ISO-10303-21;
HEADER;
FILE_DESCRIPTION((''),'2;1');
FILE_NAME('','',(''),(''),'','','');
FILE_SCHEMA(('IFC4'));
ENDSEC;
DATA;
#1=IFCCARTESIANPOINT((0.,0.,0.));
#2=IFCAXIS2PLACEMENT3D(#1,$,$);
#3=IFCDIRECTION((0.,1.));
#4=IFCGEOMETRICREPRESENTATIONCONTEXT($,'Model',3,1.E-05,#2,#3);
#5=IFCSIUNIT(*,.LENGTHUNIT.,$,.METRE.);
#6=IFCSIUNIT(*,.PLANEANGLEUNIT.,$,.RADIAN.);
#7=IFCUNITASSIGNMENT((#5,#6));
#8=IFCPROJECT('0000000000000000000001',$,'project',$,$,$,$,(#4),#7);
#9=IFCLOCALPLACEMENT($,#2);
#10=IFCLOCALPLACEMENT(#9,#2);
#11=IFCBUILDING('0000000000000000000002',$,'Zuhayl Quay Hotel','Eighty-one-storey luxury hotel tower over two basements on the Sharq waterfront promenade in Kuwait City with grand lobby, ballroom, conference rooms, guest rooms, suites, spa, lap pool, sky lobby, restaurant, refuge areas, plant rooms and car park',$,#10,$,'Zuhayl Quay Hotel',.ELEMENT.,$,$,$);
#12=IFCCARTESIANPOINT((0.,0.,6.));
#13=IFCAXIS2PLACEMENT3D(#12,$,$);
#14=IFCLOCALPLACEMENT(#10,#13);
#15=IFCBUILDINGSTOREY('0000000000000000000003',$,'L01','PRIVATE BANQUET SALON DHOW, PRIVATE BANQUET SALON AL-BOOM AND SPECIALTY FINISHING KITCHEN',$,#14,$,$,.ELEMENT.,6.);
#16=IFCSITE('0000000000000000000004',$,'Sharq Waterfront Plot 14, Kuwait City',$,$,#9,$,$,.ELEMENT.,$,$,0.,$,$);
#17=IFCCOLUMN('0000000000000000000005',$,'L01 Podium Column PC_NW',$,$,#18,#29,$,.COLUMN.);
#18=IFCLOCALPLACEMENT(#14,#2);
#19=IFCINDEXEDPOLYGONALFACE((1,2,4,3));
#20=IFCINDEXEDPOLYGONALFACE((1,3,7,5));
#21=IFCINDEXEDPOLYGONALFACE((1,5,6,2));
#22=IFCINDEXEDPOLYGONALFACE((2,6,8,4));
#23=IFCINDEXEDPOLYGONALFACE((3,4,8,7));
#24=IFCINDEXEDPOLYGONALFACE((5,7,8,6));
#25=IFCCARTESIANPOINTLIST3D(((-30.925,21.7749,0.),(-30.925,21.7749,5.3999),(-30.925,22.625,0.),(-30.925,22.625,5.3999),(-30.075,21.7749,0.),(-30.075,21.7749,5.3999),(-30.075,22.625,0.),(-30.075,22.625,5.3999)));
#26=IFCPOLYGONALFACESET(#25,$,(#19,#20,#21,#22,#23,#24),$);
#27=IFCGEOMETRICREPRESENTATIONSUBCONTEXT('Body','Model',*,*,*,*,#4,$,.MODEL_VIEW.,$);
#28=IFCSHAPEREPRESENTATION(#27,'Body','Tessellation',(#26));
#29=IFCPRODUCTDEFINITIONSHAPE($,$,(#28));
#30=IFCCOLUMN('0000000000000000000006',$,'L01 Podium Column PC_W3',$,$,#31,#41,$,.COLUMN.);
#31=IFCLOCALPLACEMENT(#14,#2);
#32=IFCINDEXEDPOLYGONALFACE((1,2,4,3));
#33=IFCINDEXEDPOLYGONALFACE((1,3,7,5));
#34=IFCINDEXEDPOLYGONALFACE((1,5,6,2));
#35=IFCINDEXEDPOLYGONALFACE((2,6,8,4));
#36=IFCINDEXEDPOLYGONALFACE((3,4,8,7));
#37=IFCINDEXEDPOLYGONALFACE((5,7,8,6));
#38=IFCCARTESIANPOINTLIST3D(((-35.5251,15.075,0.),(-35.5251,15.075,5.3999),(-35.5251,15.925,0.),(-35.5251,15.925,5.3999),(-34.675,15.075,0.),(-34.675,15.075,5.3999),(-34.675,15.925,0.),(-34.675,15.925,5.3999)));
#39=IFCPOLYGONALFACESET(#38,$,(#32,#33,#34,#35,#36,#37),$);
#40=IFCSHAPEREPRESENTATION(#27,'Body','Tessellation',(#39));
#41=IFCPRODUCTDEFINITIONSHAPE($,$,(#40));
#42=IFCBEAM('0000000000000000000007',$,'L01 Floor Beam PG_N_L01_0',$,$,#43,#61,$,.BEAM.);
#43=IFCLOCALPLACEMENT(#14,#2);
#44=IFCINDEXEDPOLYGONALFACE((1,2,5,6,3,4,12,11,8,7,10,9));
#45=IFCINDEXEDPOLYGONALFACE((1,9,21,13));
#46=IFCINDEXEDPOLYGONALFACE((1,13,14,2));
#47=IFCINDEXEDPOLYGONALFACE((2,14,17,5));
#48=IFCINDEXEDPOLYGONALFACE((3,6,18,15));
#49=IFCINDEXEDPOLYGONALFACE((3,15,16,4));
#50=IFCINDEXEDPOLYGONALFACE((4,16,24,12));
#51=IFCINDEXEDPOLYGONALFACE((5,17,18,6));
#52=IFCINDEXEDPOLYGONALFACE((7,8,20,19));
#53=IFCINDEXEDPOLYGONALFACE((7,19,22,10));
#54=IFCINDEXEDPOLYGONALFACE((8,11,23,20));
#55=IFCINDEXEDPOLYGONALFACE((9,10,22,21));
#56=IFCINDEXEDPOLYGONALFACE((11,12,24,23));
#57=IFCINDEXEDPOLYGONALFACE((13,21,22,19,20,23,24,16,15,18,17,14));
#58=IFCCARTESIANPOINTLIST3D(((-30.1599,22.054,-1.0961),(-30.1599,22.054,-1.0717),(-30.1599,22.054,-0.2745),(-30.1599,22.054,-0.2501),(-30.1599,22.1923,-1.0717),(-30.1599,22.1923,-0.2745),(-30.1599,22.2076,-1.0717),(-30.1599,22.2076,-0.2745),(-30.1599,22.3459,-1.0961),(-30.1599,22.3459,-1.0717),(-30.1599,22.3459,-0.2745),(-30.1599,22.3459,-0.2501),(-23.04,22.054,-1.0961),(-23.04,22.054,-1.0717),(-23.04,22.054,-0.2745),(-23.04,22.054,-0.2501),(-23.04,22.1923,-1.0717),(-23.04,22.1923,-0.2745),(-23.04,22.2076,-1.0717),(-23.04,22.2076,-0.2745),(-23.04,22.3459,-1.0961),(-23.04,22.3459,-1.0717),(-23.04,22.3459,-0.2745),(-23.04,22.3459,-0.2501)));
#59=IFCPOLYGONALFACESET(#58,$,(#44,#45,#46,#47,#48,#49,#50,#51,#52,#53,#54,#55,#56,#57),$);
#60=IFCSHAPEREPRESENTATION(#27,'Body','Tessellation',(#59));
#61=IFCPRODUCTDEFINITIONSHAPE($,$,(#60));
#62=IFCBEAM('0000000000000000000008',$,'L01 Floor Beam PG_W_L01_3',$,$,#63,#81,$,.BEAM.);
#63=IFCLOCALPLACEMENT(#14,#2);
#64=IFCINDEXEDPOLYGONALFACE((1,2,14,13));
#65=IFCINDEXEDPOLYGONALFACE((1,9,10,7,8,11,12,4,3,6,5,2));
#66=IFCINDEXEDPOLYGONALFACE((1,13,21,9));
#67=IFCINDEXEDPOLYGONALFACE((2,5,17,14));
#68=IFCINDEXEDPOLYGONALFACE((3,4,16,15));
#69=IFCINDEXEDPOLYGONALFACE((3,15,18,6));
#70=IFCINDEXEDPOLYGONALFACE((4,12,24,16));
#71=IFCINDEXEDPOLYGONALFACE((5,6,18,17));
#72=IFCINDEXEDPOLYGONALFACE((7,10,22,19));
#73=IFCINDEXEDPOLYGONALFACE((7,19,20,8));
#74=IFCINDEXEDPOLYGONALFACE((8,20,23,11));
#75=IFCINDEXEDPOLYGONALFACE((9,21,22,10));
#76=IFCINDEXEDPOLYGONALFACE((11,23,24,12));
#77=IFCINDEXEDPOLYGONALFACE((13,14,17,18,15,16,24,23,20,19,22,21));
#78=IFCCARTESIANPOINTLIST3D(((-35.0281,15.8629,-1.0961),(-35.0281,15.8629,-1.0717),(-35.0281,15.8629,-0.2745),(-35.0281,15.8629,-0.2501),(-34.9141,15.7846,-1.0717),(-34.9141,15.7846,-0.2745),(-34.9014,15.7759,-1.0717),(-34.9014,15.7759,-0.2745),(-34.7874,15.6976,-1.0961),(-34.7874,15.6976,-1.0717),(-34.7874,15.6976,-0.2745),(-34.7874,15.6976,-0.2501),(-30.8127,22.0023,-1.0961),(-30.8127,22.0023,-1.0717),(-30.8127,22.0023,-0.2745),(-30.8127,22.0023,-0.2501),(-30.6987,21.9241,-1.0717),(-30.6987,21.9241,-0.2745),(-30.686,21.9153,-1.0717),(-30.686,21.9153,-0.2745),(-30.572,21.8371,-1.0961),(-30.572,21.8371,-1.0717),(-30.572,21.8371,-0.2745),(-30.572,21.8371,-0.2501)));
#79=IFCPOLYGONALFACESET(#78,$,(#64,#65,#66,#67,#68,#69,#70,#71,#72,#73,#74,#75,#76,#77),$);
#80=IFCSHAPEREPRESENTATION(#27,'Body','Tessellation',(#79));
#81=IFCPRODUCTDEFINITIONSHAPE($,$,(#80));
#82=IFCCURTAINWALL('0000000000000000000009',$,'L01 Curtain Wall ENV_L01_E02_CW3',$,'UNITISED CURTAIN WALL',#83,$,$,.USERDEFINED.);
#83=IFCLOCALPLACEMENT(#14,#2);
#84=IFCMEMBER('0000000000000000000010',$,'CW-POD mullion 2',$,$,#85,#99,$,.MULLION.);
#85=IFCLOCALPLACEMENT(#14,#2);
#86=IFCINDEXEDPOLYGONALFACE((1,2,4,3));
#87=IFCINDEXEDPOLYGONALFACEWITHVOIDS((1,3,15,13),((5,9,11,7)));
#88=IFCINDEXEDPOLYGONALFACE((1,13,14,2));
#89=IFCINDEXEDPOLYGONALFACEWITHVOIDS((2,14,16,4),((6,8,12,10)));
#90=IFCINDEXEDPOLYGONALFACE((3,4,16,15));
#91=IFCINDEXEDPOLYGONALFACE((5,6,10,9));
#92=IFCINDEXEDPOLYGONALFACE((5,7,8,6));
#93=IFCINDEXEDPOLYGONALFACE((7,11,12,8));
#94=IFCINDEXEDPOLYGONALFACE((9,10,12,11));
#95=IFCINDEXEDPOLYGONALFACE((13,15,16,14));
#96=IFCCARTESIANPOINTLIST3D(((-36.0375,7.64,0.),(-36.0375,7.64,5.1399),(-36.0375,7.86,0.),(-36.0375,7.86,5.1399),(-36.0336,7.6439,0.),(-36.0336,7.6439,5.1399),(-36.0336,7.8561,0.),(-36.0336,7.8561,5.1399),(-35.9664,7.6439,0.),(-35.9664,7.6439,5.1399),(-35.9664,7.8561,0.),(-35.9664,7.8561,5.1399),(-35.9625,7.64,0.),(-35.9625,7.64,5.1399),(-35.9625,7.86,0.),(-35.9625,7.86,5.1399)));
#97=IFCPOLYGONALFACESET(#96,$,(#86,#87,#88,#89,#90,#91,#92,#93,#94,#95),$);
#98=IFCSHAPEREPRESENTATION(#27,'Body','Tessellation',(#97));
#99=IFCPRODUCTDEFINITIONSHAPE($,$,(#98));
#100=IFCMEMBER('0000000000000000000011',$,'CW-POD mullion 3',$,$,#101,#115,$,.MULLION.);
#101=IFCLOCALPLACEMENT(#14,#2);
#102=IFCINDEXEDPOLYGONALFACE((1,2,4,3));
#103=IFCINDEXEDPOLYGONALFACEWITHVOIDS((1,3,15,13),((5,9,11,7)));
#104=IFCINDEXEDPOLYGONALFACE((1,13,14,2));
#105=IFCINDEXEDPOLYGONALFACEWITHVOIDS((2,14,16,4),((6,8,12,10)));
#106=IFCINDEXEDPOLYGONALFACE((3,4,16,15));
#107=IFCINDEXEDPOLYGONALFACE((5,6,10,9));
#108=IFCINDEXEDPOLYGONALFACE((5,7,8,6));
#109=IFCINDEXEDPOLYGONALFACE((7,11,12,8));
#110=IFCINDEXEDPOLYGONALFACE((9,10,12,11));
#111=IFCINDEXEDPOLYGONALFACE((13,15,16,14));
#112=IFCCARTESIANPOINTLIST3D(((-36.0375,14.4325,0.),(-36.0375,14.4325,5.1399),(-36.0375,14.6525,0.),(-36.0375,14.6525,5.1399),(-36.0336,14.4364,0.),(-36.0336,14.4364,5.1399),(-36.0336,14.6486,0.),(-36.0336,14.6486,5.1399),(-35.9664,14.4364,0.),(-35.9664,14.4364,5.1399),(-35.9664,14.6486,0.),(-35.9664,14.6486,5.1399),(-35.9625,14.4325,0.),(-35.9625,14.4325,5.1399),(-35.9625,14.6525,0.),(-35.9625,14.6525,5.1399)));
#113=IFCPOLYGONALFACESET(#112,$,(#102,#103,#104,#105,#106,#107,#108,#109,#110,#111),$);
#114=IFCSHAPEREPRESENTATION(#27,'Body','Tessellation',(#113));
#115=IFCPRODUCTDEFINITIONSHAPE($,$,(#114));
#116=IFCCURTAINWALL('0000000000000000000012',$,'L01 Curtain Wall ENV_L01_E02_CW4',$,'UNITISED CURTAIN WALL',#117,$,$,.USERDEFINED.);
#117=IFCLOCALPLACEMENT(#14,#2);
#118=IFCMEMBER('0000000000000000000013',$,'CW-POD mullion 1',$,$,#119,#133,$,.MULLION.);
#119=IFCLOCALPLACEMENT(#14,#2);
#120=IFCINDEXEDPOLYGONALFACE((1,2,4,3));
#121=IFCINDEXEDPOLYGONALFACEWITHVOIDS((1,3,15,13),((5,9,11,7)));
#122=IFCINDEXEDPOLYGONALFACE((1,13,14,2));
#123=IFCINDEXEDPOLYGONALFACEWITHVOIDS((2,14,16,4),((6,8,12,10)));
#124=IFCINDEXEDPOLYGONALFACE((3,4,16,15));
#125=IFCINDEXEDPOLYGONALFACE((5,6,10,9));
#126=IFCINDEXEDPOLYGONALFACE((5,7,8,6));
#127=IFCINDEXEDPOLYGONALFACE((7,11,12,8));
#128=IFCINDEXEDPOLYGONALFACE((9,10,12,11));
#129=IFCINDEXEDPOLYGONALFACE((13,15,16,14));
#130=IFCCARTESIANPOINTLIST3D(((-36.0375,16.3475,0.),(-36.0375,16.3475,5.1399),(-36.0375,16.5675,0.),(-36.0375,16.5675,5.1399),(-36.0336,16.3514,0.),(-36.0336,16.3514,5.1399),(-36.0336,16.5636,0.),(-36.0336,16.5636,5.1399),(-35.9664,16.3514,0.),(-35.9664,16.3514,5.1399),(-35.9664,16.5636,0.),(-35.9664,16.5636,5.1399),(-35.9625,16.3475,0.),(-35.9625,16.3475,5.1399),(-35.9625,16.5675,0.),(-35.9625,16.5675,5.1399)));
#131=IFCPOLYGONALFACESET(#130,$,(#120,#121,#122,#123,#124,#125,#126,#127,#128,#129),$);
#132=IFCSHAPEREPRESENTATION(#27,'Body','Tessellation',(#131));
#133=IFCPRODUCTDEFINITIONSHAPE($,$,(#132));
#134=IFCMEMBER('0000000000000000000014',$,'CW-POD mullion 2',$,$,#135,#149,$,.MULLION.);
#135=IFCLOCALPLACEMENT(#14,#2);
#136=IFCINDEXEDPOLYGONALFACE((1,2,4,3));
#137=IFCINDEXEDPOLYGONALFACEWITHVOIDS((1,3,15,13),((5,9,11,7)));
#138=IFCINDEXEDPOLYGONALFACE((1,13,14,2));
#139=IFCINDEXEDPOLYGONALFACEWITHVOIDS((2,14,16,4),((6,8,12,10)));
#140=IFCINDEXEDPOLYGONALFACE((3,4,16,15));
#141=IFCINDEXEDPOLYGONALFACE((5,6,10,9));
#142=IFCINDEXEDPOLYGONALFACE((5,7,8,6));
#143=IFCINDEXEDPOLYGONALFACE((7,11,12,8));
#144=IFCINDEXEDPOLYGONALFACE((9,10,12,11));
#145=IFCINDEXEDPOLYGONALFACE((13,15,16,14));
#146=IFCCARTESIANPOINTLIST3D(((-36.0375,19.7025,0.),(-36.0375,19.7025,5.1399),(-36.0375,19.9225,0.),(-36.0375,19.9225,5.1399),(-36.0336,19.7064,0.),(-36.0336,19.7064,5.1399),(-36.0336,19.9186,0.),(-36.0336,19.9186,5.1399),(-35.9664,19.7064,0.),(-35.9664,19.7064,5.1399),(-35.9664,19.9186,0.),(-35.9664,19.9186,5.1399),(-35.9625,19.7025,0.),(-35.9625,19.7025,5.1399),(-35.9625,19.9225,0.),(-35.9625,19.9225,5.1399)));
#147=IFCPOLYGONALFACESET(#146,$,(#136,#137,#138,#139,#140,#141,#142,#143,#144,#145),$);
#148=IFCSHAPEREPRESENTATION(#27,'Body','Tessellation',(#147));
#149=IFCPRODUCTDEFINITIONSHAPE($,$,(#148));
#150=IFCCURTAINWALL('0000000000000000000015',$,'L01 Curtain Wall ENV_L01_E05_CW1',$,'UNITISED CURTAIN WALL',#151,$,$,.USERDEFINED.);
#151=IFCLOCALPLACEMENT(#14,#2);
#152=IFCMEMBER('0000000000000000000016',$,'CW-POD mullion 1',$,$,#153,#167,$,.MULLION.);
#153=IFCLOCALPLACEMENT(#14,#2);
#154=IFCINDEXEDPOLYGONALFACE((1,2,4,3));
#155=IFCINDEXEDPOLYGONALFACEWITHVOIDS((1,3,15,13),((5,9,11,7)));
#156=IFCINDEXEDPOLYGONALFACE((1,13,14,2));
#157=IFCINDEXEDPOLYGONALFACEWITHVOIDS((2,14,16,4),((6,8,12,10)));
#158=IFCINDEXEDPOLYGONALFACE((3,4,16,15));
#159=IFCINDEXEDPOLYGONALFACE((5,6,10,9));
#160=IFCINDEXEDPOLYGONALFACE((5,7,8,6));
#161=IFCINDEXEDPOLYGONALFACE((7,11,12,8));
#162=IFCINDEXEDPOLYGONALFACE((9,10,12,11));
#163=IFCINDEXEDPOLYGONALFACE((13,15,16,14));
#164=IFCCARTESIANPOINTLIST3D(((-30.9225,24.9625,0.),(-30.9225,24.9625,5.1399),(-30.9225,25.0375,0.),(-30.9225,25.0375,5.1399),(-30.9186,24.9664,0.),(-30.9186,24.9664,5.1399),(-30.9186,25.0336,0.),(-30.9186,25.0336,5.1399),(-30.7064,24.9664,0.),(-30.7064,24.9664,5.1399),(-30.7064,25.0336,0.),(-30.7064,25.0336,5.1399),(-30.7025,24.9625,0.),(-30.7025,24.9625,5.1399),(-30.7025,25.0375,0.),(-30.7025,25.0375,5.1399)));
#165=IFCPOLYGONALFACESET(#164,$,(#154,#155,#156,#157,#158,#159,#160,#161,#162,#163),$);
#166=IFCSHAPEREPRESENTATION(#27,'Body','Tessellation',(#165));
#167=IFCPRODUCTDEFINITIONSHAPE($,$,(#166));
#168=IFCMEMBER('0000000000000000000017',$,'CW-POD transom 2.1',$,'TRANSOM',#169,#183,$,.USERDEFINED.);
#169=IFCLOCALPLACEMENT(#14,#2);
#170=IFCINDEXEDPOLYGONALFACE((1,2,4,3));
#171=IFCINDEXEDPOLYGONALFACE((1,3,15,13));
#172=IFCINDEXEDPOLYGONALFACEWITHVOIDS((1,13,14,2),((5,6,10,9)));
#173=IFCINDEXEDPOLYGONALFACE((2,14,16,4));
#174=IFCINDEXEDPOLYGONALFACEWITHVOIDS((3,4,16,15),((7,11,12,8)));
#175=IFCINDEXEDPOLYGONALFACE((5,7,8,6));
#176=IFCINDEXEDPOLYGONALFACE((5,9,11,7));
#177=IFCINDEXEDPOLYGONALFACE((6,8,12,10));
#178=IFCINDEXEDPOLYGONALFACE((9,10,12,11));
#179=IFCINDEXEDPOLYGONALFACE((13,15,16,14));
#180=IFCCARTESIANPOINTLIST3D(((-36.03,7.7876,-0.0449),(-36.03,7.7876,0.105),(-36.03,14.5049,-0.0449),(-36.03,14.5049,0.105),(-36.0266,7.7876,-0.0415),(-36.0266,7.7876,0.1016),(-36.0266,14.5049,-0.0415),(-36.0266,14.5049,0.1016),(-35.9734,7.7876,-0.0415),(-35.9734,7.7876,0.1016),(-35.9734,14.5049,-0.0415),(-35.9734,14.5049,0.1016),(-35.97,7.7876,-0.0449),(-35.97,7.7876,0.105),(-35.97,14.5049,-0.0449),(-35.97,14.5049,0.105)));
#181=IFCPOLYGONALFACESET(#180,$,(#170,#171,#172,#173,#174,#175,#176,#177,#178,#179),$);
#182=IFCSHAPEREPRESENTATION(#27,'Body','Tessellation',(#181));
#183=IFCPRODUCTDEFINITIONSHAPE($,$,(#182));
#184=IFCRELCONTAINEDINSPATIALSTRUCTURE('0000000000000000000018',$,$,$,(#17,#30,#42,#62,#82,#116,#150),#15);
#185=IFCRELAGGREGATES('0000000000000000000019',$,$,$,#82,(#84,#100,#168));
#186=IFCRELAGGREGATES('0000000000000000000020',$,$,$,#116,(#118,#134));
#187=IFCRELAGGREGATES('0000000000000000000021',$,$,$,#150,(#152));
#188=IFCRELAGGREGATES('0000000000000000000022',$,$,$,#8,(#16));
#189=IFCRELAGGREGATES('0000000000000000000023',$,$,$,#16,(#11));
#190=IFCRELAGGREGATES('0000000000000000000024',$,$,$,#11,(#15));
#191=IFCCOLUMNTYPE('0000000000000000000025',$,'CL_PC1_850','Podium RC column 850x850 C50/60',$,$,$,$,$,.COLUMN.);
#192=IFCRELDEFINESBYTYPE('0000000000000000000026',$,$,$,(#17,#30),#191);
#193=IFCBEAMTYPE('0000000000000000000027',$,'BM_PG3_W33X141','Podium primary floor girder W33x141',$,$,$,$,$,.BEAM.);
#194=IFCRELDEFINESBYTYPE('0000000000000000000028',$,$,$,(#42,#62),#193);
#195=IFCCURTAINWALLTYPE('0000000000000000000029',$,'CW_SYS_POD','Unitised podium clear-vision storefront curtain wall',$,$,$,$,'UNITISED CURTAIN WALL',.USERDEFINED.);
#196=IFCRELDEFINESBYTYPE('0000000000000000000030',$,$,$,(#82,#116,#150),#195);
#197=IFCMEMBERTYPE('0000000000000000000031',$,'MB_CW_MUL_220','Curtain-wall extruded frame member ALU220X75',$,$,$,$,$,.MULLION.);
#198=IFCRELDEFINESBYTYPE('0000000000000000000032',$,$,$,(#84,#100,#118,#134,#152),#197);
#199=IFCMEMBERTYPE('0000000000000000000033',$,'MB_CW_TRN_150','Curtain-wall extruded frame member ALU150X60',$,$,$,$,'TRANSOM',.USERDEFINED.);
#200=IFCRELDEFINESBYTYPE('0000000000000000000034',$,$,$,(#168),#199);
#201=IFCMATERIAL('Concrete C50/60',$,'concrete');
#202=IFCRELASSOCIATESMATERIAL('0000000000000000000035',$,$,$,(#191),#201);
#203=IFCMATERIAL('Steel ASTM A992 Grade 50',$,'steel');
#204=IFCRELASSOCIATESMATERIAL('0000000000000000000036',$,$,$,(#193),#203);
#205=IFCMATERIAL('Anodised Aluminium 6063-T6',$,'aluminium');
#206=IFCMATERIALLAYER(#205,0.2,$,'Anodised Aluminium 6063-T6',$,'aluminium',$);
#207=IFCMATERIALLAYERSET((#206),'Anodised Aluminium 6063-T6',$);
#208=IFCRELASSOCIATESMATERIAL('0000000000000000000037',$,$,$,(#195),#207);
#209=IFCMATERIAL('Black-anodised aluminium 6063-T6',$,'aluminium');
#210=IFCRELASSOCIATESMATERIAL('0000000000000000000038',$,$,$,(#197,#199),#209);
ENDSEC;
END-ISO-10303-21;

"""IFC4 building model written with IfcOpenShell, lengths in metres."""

from ifc_helpers import new_model, si_unit, direction, frame, origin, origin_2d, place, context, subcontext, project, spatial, rectangle, hollow_rectangle, i_section, extrude, material, layer, layer_set, material_profile, profile_set, type_object, element, aggregate, save


model = new_model("IFC4")

# Units and contexts
model_context = context("Model", 3, precision=1e-05, world=origin(), true_north=direction((0.0, 1.0)))
body_context = subcontext(model_context, "Body", "Model", "MODEL_VIEW")
ifc_project = project(units=[si_unit("LENGTHUNIT", "METRE"), si_unit("PLANEANGLEUNIT", "RADIAN")], contexts=[model_context])

# Site, building, storey
site_placement = place(None, origin())
site = spatial("IfcSite", under=ifc_project, at=site_placement, Name="Sharq Waterfront Plot 14, Kuwait City", CompositionType="ELEMENT", RefElevation=0.0)
building_placement = place(site_placement, origin())
building = spatial("IfcBuilding", under=site, at=building_placement, Name="Zuhayl Quay Hotel", Description="Eighty-one-storey luxury hotel tower over two basements on the Sharq waterfront promenade in Kuwait City with grand lobby, ballroom, conference rooms, guest rooms, suites, spa, lap pool, sky lobby, restaurant, refuge areas, plant rooms and car park", LongName="Zuhayl Quay Hotel", CompositionType="ELEMENT")
storey_placement = place(building_placement, frame((0.0, 0.0, 6.0)))
storey = spatial("IfcBuildingStorey", under=building, at=storey_placement, Name="L01", Description="PRIVATE BANQUET SALON DHOW, PRIVATE BANQUET SALON AL-BOOM AND SPECIALTY FINISHING KITCHEN", CompositionType="ELEMENT", Elevation=6.0)

# Columns
ifc_material_1 = material(Name="Concrete C50/60", Category="concrete")
ifc_material_profile_1 = material_profile(ifc_material_1, rectangle(XDim=0.8501, YDim=0.8501, at=origin_2d()), Name="RC850X850")
ifc_profile_set_1 = profile_set([ifc_material_profile_1], Name="Concrete C50/60")
column_type = type_object("IfcColumnType", Name="CL_PC1_850", Description="Podium RC column 850x850 C50/60", PredefinedType="COLUMN", material=ifc_profile_set_1)
for number, where, z_axis, x_axis, name in (
    (1, (-30.5, 22.2, 0.0), (0.0, 0.0, 1.0), (1.0, 0.0, 0.0), "L01 Podium Column PC_NW"),
    (2, (-35.1001, 15.5, 0.0), (0.0, 0.0, 1.0), (1.0, 0.0, 0.0), "L01 Podium Column PC_W3"),
):
    element("IfcColumn", number, at=place(storey_placement, frame(where, z_axis=z_axis, x_axis=x_axis)), inside=storey, type_object=column_type, Name=name, PredefinedType="COLUMN", context=body_context, shape_type="SweptSolid", body=[
        extrude(rectangle(XDim=0.8501, YDim=0.8501, at=origin_2d()), origin(), (0.0, 0.0, 1.0), 5.3999),
    ])

# Beams
ifc_material_2 = material(Name="Steel ASTM A992 Grade 50", Category="steel")
ifc_material_profile_2 = material_profile(ifc_material_2, i_section(OverallWidth=0.292, OverallDepth=0.8459, WebThickness=0.0154, FlangeThickness=0.0244, at=origin_2d()), Name="W33X141")
ifc_profile_set_2 = profile_set([ifc_material_profile_2], Name="Steel ASTM A992 Grade 50")
beam_type = type_object("IfcBeamType", Name="BM_PG3_W33X141", Description="Podium primary floor girder W33x141", PredefinedType="BEAM", material=ifc_profile_set_2)
beam_1_placement = place(storey_placement, frame((-30.1599, 22.2, -0.6731), z_axis=(1.0, 0.0, 0.0), x_axis=(0.0, 1.0, 0.0)))
element("IfcBeam", 3, at=beam_1_placement, inside=storey, type_object=beam_type, Name="L01 Floor Beam PG_N_L01_0", PredefinedType="BEAM", context=body_context, shape_type="SweptSolid", body=[
    extrude(i_section(OverallWidth=0.292, OverallDepth=0.8459, WebThickness=0.0154, FlangeThickness=0.0244, at=origin_2d()), origin(), (0.0, 0.0, 1.0), 7.1199),
])
beam_2_placement = place(storey_placement, frame((-34.9077, 15.7803, -0.6731), z_axis=(0.566026, 0.824387, 0.0), x_axis=(-0.824387, 0.566026, 0.0)))
element("IfcBeam", 4, at=beam_2_placement, inside=storey, type_object=beam_type, Name="L01 Floor Beam PG_W_L01_3", PredefinedType="BEAM", context=body_context, shape_type="SweptSolid", body=[
    extrude(i_section(OverallWidth=0.292, OverallDepth=0.8459, WebThickness=0.0154, FlangeThickness=0.0244, at=origin_2d()), origin(), (0.0, 0.0, 1.0), 7.4473),
])

# Curtain walls, members
ifc_material_3 = material(Name="Anodised Aluminium 6063-T6", Category="aluminium")
ifc_layer_1 = layer(ifc_material_3, 0.2, Name="Anodised Aluminium 6063-T6", Category="aluminium")
ifc_layer_set_1 = layer_set([ifc_layer_1], Name="Anodised Aluminium 6063-T6")
curtain_wall_type = type_object("IfcCurtainWallType", Name="CW_SYS_POD", Description="Unitised podium clear-vision storefront curtain wall", ElementType="UNITISED CURTAIN WALL", PredefinedType="USERDEFINED", material=ifc_layer_set_1)
curtain_wall_1_placement = place(storey_placement, origin())
curtain_wall_1 = element("IfcCurtainWall", 5, at=curtain_wall_1_placement, inside=storey, type_object=curtain_wall_type, Name="L01 Curtain Wall ENV_L01_E02_CW3", ObjectType="UNITISED CURTAIN WALL", PredefinedType="USERDEFINED")
ifc_material_4 = material(Name="Black-anodised aluminium 6063-T6", Category="aluminium")
ifc_material_profile_3 = material_profile(ifc_material_4, hollow_rectangle(XDim=0.075, YDim=0.22, WallThickness=0.0039, at=origin_2d()), Name="ALU220X75")
ifc_profile_set_3 = profile_set([ifc_material_profile_3], Name="Black-anodised aluminium 6063-T6")
member_type_1 = type_object("IfcMemberType", Name="MB_CW_MUL_220", Description="Curtain-wall extruded frame member ALU220X75", PredefinedType="MULLION", material=ifc_profile_set_3)
member_1_placement = place(storey_placement, frame((-36.0, 7.75, 0.0), z_axis=(0.0, 0.0, 1.0), x_axis=(-1.0, 0.0, 0.0)))
member_1 = element("IfcMember", 6, at=member_1_placement, type_object=member_type_1, Name="CW-POD mullion 2", PredefinedType="MULLION", context=body_context, shape_type="SweptSolid", body=[
    extrude(hollow_rectangle(XDim=0.075, YDim=0.22, WallThickness=0.0039, at=origin_2d()), origin(), (0.0, 0.0, 1.0), 5.1399),
])
member_2_placement = place(storey_placement, frame((-36.0, 14.5425, 0.0), z_axis=(0.0, 0.0, 1.0), x_axis=(-1.0, 0.0, 0.0)))
member_2 = element("IfcMember", 7, at=member_2_placement, type_object=member_type_1, Name="CW-POD mullion 3", PredefinedType="MULLION", context=body_context, shape_type="SweptSolid", body=[
    extrude(hollow_rectangle(XDim=0.075, YDim=0.22, WallThickness=0.0039, at=origin_2d()), origin(), (0.0, 0.0, 1.0), 5.1399),
])
curtain_wall_2_placement = place(storey_placement, origin())
curtain_wall_2 = element("IfcCurtainWall", 8, at=curtain_wall_2_placement, inside=storey, type_object=curtain_wall_type, Name="L01 Curtain Wall ENV_L01_E02_CW4", ObjectType="UNITISED CURTAIN WALL", PredefinedType="USERDEFINED")
member_3_placement = place(storey_placement, frame((-36.0, 16.4575, 0.0), z_axis=(0.0, 0.0, 1.0), x_axis=(-1.0, 0.0, 0.0)))
member_3 = element("IfcMember", 9, at=member_3_placement, type_object=member_type_1, Name="CW-POD mullion 1", PredefinedType="MULLION", context=body_context, shape_type="SweptSolid", body=[
    extrude(hollow_rectangle(XDim=0.075, YDim=0.22, WallThickness=0.0039, at=origin_2d()), origin(), (0.0, 0.0, 1.0), 5.1399),
])
member_4_placement = place(storey_placement, frame((-36.0, 19.8125, 0.0), z_axis=(0.0, 0.0, 1.0), x_axis=(-1.0, 0.0, 0.0)))
member_4 = element("IfcMember", 10, at=member_4_placement, type_object=member_type_1, Name="CW-POD mullion 2", PredefinedType="MULLION", context=body_context, shape_type="SweptSolid", body=[
    extrude(hollow_rectangle(XDim=0.075, YDim=0.22, WallThickness=0.0039, at=origin_2d()), origin(), (0.0, 0.0, 1.0), 5.1399),
])

# Curtain wall, member
curtain_wall_3_placement = place(storey_placement, origin())
curtain_wall_3 = element("IfcCurtainWall", 11, at=curtain_wall_3_placement, inside=storey, type_object=curtain_wall_type, Name="L01 Curtain Wall ENV_L01_E05_CW1", ObjectType="UNITISED CURTAIN WALL", PredefinedType="USERDEFINED")
member_5_placement = place(storey_placement, frame((-30.8125, 25.0, 0.0), z_axis=(0.0, 0.0, 1.0), x_axis=(0.0, 1.0, 0.0)))
member_5 = element("IfcMember", 12, at=member_5_placement, type_object=member_type_1, Name="CW-POD mullion 1", PredefinedType="MULLION", context=body_context, shape_type="SweptSolid", body=[
    extrude(hollow_rectangle(XDim=0.075, YDim=0.22, WallThickness=0.0039, at=origin_2d()), origin(), (0.0, 0.0, 1.0), 5.1399),
])

# Member
ifc_material_profile_4 = material_profile(ifc_material_4, hollow_rectangle(XDim=0.0601, YDim=0.1499, WallThickness=0.0034, at=origin_2d()), Name="ALU150X60")
ifc_profile_set_4 = profile_set([ifc_material_profile_4], Name="Black-anodised aluminium 6063-T6")
member_type_2 = type_object("IfcMemberType", Name="MB_CW_TRN_150", Description="Curtain-wall extruded frame member ALU150X60", ElementType="TRANSOM", PredefinedType="USERDEFINED", material=ifc_profile_set_4)
member_6_placement = place(storey_placement, frame((-36.0, 7.7876, 0.03), z_axis=(0.0, 1.0, 0.0), x_axis=(-1.0, 0.0, 0.0)))
member_6 = element("IfcMember", 13, at=member_6_placement, type_object=member_type_2, Name="CW-POD transom 2.1", ObjectType="TRANSOM", PredefinedType="USERDEFINED", context=body_context, shape_type="SweptSolid", body=[
    extrude(hollow_rectangle(XDim=0.0601, YDim=0.1499, WallThickness=0.0034, at=origin_2d()), origin(), (0.0, 0.0, 1.0), 6.7173),
])

aggregate(curtain_wall_1, [member_1, member_2, member_6])
aggregate(curtain_wall_2, [member_3, member_4])
aggregate(curtain_wall_3, [member_5])

save(model, "model.ifc")
